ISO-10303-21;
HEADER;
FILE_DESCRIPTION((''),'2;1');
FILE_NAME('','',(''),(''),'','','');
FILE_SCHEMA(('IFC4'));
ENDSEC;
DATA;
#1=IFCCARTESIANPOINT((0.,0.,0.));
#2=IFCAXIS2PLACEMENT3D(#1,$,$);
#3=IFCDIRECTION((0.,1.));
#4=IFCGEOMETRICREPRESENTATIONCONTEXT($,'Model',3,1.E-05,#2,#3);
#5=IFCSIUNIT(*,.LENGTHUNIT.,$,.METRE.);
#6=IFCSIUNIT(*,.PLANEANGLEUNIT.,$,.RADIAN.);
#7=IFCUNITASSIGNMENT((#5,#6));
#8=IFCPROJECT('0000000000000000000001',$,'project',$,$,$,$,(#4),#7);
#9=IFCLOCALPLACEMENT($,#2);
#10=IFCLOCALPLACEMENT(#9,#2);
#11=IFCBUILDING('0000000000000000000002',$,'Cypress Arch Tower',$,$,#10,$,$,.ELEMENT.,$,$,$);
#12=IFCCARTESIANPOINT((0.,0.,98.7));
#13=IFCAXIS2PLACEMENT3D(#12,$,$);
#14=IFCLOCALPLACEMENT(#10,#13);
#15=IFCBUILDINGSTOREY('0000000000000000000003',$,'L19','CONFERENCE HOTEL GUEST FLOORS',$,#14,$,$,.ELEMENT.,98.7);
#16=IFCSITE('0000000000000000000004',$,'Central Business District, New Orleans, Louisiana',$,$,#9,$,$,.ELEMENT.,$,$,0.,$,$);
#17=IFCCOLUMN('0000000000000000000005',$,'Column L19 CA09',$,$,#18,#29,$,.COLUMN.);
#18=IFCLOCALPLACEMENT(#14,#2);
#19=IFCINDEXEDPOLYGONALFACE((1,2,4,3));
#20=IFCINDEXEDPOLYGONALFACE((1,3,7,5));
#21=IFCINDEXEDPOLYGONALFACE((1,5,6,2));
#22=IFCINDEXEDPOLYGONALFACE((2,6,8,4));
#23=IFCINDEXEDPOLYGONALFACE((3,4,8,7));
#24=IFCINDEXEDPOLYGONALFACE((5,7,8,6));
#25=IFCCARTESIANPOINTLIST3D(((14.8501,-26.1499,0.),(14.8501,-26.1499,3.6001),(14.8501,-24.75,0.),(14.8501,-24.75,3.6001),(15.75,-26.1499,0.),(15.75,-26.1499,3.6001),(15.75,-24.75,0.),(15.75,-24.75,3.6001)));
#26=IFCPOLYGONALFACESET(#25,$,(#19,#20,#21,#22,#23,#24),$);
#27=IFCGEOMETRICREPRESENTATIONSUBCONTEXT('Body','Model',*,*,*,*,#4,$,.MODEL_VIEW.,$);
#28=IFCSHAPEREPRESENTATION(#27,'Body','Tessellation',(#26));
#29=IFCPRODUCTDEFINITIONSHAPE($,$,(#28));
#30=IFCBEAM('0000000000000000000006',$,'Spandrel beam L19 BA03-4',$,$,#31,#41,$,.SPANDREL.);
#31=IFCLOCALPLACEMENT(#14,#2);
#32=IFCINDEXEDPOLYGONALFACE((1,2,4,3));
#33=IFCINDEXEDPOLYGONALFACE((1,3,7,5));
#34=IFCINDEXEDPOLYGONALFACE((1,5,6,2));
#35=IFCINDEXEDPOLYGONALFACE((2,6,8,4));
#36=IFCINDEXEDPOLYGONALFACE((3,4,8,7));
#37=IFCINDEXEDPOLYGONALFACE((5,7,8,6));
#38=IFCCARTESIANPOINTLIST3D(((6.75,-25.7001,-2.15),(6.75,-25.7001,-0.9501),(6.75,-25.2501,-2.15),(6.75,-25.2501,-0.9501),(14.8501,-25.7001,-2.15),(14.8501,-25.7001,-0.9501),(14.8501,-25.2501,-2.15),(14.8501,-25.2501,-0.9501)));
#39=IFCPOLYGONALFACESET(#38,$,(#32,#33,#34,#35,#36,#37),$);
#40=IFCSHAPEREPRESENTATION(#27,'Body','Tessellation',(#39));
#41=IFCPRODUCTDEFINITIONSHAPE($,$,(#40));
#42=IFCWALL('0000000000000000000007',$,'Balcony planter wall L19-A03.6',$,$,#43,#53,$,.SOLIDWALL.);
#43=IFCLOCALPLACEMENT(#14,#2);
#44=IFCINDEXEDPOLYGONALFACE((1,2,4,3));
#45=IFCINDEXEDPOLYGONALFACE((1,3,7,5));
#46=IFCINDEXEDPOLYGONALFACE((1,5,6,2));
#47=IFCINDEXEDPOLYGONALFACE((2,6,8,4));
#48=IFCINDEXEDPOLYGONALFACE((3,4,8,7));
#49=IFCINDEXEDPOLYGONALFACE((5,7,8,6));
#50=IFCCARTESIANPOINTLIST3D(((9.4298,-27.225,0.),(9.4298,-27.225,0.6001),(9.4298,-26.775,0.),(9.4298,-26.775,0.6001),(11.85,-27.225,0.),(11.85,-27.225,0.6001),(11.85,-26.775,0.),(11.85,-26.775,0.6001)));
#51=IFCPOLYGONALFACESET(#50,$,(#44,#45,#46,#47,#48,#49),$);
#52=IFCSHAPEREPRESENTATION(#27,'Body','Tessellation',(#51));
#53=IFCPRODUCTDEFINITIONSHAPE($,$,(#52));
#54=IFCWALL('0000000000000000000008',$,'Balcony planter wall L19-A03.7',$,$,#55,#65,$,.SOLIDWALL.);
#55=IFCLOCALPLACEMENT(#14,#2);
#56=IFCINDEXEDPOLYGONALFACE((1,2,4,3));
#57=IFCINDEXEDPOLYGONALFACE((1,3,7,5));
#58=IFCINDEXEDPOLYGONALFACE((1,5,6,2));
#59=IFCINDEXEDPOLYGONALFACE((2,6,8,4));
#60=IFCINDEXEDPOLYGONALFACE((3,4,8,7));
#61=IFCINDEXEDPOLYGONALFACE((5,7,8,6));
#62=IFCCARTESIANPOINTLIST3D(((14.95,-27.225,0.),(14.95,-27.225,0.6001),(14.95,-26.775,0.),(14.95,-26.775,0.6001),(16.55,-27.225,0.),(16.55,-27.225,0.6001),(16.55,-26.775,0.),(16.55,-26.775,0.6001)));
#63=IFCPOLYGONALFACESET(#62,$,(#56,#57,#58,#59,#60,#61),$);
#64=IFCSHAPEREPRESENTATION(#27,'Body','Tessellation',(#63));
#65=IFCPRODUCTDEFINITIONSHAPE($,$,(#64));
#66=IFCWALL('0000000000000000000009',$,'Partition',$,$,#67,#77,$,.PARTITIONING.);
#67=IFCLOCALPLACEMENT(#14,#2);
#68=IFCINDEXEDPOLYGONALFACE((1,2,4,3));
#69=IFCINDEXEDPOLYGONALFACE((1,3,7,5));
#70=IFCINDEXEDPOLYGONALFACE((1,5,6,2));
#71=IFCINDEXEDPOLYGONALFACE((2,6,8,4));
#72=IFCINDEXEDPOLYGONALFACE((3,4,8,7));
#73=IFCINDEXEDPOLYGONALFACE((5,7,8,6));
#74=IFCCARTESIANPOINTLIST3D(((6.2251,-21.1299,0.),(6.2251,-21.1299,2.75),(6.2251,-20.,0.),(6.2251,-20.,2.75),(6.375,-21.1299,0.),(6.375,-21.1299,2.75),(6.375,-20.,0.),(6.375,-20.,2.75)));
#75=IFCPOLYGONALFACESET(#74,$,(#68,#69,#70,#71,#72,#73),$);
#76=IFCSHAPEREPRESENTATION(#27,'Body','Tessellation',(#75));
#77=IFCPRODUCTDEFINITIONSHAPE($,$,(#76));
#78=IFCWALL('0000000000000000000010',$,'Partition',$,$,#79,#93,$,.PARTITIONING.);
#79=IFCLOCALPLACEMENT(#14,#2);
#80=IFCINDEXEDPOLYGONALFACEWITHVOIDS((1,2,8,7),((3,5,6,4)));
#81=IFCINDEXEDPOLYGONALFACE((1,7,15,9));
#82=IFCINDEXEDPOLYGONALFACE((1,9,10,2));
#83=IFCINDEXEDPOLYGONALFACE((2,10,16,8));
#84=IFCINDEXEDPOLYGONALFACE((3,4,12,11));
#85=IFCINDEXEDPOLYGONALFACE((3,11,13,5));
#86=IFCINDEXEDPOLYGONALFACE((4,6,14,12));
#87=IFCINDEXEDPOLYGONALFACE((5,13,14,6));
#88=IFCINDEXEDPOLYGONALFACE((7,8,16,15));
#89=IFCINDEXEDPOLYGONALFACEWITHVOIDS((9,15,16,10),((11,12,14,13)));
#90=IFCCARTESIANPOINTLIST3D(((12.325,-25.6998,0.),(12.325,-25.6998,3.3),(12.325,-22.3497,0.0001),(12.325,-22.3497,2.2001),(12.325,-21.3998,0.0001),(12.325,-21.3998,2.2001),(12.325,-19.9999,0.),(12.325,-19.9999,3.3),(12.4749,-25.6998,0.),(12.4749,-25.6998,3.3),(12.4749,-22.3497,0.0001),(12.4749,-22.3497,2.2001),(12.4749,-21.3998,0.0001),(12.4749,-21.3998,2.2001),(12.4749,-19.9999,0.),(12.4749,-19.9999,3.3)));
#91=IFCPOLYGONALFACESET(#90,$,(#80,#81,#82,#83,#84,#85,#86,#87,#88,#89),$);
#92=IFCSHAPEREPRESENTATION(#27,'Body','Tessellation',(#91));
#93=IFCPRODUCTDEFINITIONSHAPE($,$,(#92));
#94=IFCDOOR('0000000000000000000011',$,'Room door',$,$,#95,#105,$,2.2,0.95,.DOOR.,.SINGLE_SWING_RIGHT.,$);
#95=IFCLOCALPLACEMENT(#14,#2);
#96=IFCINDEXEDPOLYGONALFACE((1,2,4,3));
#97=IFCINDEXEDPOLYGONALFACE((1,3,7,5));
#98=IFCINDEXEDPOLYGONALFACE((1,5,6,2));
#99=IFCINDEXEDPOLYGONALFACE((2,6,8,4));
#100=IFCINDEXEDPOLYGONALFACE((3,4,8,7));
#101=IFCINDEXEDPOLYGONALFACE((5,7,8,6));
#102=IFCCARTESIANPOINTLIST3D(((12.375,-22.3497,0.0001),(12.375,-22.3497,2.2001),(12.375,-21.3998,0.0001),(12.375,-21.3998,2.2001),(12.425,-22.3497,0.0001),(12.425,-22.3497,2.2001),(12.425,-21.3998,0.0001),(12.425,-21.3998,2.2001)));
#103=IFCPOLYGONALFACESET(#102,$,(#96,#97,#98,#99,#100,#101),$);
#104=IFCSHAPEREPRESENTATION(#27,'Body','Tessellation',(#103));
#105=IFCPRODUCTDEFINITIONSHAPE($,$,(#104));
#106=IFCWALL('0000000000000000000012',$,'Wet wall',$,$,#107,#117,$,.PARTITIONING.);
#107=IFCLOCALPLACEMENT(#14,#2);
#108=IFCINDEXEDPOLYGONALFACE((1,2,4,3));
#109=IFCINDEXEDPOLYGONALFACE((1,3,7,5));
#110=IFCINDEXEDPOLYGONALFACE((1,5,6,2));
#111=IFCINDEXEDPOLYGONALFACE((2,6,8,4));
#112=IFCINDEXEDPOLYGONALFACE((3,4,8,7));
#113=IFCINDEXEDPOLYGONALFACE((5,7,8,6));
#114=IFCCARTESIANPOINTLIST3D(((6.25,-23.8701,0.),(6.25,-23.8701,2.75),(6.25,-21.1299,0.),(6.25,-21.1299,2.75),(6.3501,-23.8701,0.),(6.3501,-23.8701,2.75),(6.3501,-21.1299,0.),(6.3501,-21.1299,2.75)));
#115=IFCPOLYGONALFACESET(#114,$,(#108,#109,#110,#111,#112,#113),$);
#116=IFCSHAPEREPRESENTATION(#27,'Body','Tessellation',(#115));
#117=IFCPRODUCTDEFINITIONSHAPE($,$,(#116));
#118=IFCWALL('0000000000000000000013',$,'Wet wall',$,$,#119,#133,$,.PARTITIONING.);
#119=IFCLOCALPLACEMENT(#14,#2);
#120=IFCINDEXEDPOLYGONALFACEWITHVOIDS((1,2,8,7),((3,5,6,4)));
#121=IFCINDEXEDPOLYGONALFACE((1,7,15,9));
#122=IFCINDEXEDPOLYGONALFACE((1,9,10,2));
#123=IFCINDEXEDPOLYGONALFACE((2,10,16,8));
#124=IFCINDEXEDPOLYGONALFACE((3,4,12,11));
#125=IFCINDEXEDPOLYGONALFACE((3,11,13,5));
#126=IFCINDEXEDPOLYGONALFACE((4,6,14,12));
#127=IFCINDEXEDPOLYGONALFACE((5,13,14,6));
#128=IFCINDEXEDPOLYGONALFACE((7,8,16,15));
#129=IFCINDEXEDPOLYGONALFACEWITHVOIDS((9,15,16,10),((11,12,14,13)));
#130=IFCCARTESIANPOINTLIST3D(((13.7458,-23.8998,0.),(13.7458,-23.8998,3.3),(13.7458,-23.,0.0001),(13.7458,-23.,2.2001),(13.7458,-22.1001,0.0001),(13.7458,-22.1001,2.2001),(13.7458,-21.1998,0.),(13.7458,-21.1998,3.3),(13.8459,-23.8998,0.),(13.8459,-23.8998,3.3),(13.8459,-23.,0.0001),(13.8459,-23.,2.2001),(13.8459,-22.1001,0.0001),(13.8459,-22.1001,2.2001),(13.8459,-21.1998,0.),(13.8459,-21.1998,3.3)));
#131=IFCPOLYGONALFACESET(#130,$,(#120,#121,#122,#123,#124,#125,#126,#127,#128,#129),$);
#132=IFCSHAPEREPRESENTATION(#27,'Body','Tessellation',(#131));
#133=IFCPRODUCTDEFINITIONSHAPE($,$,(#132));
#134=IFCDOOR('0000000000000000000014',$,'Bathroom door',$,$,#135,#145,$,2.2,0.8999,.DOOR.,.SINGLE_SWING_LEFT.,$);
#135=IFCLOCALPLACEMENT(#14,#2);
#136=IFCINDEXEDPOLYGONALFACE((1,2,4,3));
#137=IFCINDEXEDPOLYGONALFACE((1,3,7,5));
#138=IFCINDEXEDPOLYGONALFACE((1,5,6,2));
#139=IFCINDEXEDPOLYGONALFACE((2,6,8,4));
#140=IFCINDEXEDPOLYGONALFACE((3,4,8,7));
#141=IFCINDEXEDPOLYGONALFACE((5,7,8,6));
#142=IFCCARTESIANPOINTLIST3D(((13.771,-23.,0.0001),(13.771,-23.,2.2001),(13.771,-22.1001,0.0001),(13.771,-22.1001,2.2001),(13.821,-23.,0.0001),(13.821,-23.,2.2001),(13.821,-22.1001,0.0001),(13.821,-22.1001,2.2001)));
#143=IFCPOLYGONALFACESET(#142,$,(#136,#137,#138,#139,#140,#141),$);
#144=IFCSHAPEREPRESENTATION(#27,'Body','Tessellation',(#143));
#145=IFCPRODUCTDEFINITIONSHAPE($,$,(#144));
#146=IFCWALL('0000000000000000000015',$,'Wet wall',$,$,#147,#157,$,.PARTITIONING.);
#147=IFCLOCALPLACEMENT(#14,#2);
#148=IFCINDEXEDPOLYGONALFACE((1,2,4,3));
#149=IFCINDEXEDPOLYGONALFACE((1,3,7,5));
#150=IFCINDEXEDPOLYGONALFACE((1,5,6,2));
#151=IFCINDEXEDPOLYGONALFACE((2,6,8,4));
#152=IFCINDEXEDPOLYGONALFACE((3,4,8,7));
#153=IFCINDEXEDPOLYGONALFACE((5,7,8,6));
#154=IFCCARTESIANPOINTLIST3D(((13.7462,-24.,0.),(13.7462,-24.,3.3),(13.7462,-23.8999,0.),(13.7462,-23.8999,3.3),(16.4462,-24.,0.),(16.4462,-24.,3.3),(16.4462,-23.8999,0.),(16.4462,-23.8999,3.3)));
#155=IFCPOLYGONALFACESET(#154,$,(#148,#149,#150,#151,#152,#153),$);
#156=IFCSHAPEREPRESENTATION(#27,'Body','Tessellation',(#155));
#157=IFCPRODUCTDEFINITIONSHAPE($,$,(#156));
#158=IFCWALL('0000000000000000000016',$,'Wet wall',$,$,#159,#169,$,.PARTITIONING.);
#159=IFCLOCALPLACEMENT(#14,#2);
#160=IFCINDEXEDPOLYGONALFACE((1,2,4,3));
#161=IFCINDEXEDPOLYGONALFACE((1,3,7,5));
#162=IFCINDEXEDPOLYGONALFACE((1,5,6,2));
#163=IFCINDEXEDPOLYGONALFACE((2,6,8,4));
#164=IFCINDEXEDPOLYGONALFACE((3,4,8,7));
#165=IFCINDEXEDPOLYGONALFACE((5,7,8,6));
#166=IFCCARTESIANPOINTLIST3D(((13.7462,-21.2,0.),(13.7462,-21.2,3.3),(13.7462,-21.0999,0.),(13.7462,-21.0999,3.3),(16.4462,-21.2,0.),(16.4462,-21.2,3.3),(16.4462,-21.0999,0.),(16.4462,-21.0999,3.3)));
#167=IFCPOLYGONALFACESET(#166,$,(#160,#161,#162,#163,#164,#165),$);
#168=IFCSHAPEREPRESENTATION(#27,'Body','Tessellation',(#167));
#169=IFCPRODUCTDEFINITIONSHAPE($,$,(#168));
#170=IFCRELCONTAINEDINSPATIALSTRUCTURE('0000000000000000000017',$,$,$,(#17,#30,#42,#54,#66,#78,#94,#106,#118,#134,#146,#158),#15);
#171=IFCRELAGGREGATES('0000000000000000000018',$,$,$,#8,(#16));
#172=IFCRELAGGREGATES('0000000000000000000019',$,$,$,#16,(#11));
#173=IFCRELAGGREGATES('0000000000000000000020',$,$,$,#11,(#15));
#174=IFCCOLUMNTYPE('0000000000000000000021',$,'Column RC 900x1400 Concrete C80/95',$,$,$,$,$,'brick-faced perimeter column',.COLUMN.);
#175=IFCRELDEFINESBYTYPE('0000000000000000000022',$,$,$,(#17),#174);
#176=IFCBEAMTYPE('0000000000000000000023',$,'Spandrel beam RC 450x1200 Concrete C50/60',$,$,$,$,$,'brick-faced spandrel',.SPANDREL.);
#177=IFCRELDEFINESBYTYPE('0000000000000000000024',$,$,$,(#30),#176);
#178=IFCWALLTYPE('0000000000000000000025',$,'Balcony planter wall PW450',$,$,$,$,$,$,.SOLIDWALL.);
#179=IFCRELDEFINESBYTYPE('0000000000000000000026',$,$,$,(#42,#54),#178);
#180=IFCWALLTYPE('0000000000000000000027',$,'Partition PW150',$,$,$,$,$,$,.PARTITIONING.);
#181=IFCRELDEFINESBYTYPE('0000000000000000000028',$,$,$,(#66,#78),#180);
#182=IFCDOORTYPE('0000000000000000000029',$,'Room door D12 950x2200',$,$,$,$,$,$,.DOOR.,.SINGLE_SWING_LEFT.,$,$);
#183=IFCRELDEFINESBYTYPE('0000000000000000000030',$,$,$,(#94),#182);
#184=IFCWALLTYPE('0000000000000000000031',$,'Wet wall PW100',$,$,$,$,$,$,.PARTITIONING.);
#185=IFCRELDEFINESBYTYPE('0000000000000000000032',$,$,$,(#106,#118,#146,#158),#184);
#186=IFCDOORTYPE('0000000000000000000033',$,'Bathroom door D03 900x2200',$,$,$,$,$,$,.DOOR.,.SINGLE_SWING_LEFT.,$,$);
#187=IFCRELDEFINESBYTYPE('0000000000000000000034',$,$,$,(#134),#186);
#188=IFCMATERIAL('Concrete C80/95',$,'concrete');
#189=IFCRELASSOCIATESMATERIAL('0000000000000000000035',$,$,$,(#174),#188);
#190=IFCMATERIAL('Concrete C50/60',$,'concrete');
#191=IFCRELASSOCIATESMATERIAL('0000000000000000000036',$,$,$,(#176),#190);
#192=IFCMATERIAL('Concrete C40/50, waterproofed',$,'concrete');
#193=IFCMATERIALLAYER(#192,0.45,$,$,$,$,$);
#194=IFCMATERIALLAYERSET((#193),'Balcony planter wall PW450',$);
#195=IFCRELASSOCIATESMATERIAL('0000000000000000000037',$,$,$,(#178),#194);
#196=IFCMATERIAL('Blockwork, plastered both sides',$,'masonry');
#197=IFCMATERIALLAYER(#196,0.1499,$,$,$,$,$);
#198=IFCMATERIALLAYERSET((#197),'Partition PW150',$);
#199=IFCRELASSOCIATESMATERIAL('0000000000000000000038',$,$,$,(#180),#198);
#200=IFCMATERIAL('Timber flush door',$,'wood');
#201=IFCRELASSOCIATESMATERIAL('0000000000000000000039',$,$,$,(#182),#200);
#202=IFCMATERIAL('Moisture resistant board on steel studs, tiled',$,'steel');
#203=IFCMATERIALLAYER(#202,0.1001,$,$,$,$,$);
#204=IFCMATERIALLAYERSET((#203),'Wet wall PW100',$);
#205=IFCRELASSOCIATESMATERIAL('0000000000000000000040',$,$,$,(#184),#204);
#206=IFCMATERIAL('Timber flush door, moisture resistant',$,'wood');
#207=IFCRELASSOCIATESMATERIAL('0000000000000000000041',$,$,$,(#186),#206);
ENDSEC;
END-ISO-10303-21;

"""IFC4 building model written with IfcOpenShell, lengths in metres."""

from ifc_helpers import new_model, si_unit, direction, frame, frame_2d, origin, origin_2d, place, context, subcontext, project, spatial, rectangle, extrude, material, layer, layer_set, material_profile, profile_set, type_object, element, fill, save


model = new_model("IFC4")

# Units and contexts
model_context = context("Model", 3, precision=1e-05, world=origin(), true_north=direction((0.0, 1.0)))
body_context = subcontext(model_context, "Body", "Model", "MODEL_VIEW")
ifc_project = project(units=[si_unit("LENGTHUNIT", "METRE"), si_unit("PLANEANGLEUNIT", "RADIAN")], contexts=[model_context])

# Site, building, storey
site_placement = place(None, origin())
site = spatial("IfcSite", under=ifc_project, at=site_placement, Name="Central Business District, New Orleans, Louisiana", CompositionType="ELEMENT", RefElevation=0.0)
building_placement = place(site_placement, origin())
building = spatial("IfcBuilding", under=site, at=building_placement, Name="Cypress Arch Tower", CompositionType="ELEMENT")
storey_placement = place(building_placement, frame((0.0, 0.0, 98.7)))
storey = spatial("IfcBuildingStorey", under=building, at=storey_placement, Name="L19", Description="CONFERENCE HOTEL GUEST FLOORS", CompositionType="ELEMENT", Elevation=98.7)

# Column
ifc_material_1 = material(Name="Concrete C80/95", Category="concrete")
ifc_material_profile_1 = material_profile(ifc_material_1, rectangle(XDim=0.8999, YDim=1.3999, at=origin_2d()), Name="RC 900x1400")
ifc_profile_set_1 = profile_set([ifc_material_profile_1], Name="Concrete C80/95")
column_type = type_object("IfcColumnType", Name="Column RC 900x1400 Concrete C80/95", ElementType="brick-faced perimeter column", PredefinedType="COLUMN", material=ifc_profile_set_1)
column_placement = place(storey_placement, frame((15.3, -25.45, 0.0), z_axis=(0.0, 0.0, 1.0), x_axis=(1.0, 0.0, 0.0)))
element("IfcColumn", 1, at=column_placement, inside=storey, type_object=column_type, Name="Column L19 CA09", PredefinedType="COLUMN", context=body_context, shape_type="SweptSolid", body=[
    extrude(rectangle(XDim=0.8999, YDim=1.3999, at=origin_2d()), origin(), (0.0, 0.0, 1.0), 3.6001),
])

# Beam
ifc_material_2 = material(Name="Concrete C50/60", Category="concrete")
ifc_material_profile_2 = material_profile(ifc_material_2, rectangle(XDim=0.45, YDim=1.2, at=origin_2d()), Name="RC 450x1200")
ifc_profile_set_2 = profile_set([ifc_material_profile_2], Name="Concrete C50/60")
beam_type = type_object("IfcBeamType", Name="Spandrel beam RC 450x1200 Concrete C50/60", ElementType="brick-faced spandrel", PredefinedType="SPANDREL", material=ifc_profile_set_2)
beam_placement = place(storey_placement, frame((6.75, -25.4751, -1.55), z_axis=(1.0, 0.0, 0.0), x_axis=(0.0, 1.0, 0.0)))
element("IfcBeam", 2, at=beam_placement, inside=storey, type_object=beam_type, Name="Spandrel beam L19 BA03-4", PredefinedType="SPANDREL", context=body_context, shape_type="SweptSolid", body=[
    extrude(rectangle(XDim=0.45, YDim=1.2, at=origin_2d()), origin(), (0.0, 0.0, 1.0), 8.1001),
])

# Walls
ifc_material_3 = material(Name="Concrete C40/50, waterproofed", Category="concrete")
ifc_layer_1 = layer(ifc_material_3, 0.45)
ifc_layer_set_1 = layer_set([ifc_layer_1], Name="Balcony planter wall PW450")
wall_type_1 = type_object("IfcWallType", Name="Balcony planter wall PW450", PredefinedType="SOLIDWALL", material=ifc_layer_set_1)
wall_1_placement = place(storey_placement, frame((9.4299, -27.0, 0.0), z_axis=(0.0, 0.0, 1.0), x_axis=(1.0, 0.0, 0.0)))
element("IfcWall", 3, at=wall_1_placement, inside=storey, type_object=wall_type_1, Name="Balcony planter wall L19-A03.6", PredefinedType="SOLIDWALL", context=body_context, shape_type="SweptSolid", body=[
    extrude(rectangle(XDim=2.4202, YDim=0.45, at=frame_2d((1.21, 0.0))), origin(), (0.0, 0.0, 1.0), 0.6001),
])
wall_2_placement = place(storey_placement, frame((14.95, -27.0, 0.0), z_axis=(0.0, 0.0, 1.0), x_axis=(1.0, 0.0, 0.0)))
element("IfcWall", 4, at=wall_2_placement, inside=storey, type_object=wall_type_1, Name="Balcony planter wall L19-A03.7", PredefinedType="SOLIDWALL", context=body_context, shape_type="SweptSolid", body=[
    extrude(rectangle(XDim=1.6001, YDim=0.45, at=frame_2d((0.8, 0.0))), origin(), (0.0, 0.0, 1.0), 0.6001),
])

# Wall
ifc_material_4 = material(Name="Blockwork, plastered both sides", Category="masonry")
ifc_layer_2 = layer(ifc_material_4, 0.1499)
ifc_layer_set_2 = layer_set([ifc_layer_2], Name="Partition PW150")
wall_type_2 = type_object("IfcWallType", Name="Partition PW150", PredefinedType="PARTITIONING", material=ifc_layer_set_2)
wall_3_placement = place(storey_placement, frame((6.3, -21.1299, 0.0), z_axis=(0.0, 0.0, 1.0), x_axis=(0.0, 1.0, 0.0)))
element("IfcWall", 5, at=wall_3_placement, inside=storey, type_object=wall_type_2, Name="Partition", PredefinedType="PARTITIONING", context=body_context, shape_type="SweptSolid", body=[
    extrude(rectangle(XDim=1.1299, YDim=0.1499, at=frame_2d((0.5649, 0.0))), origin(), (0.0, 0.0, 1.0), 2.75),
])

# Wall, opening, door
wall_4_placement = place(storey_placement, frame((12.3999, -25.7, 0.0), z_axis=(0.0, 0.0, 1.0), x_axis=(0.0, 1.0, 0.0)))
wall_4 = element("IfcWall", 6, at=wall_4_placement, inside=storey, type_object=wall_type_2, Name="Partition", PredefinedType="PARTITIONING", context=body_context, shape_type="SweptSolid", body=[
    extrude(rectangle(XDim=5.7, YDim=0.1499, at=frame_2d((2.8501, 0.0))), origin(), (0.0, 0.0, 1.0), 3.3),
])
opening_1_placement = place(wall_4_placement, frame((3.3501, 0.0, 0.0)))
opening_1 = element("IfcOpeningElement", 7, at=opening_1_placement, cuts=wall_4, PredefinedType="OPENING", context=body_context, shape_type="SweptSolid", body=[
    extrude(rectangle(XDim=0.95, YDim=2.2, at=frame_2d((0.4751, 1.1001))), frame((0.0, 0.085, 0.0), z_axis=(0.0, -1.0, 0.0), x_axis=(1.0, 0.0, 0.0)), (0.0, 0.0, 1.0), 0.1699),
])
ifc_material_5 = material(Name="Timber flush door", Category="wood")
door_type_1 = type_object("IfcDoorType", Name="Room door D12 950x2200", OperationType="SINGLE_SWING_LEFT", PredefinedType="DOOR", material=ifc_material_5)
door_1_placement = place(opening_1_placement, origin())
door_1 = element("IfcDoor", 8, at=door_1_placement, inside=storey, type_object=door_type_1, Name="Room door", OperationType="SINGLE_SWING_RIGHT", OverallHeight=2.2, OverallWidth=0.95, PredefinedType="DOOR", context=body_context, shape_type="SweptSolid", body=[
    extrude(rectangle(XDim=0.95, YDim=2.2, at=frame_2d((0.4751, 1.1001))), frame((0.0, 0.0249, 0.0), z_axis=(0.0, -1.0, 0.0), x_axis=(1.0, 0.0, 0.0)), (0.0, 0.0, 1.0), 0.05),
])
fill(opening_1, door_1)

# Wall
ifc_material_6 = material(Name="Moisture resistant board on steel studs, tiled", Category="steel")
ifc_layer_3 = layer(ifc_material_6, 0.1001)
ifc_layer_set_3 = layer_set([ifc_layer_3], Name="Wet wall PW100")
wall_type_3 = type_object("IfcWallType", Name="Wet wall PW100", PredefinedType="PARTITIONING", material=ifc_layer_set_3)
wall_5_placement = place(storey_placement, frame((6.3, -23.8701, 0.0), z_axis=(0.0, 0.0, 1.0), x_axis=(0.0, 1.0, 0.0)))
element("IfcWall", 9, at=wall_5_placement, inside=storey, type_object=wall_type_3, Name="Wet wall", PredefinedType="PARTITIONING", context=body_context, shape_type="SweptSolid", body=[
    extrude(rectangle(XDim=2.7402, YDim=0.1001, at=frame_2d((1.3701, 0.0))), origin(), (0.0, 0.0, 1.0), 2.75),
])

# Wall, opening, door
wall_6_placement = place(storey_placement, frame((13.7959, -23.8999, 0.0), z_axis=(0.0, 0.0, 1.0), x_axis=(0.0, 1.0, 0.0)))
wall_6 = element("IfcWall", 10, at=wall_6_placement, inside=storey, type_object=wall_type_3, Name="Wet wall", PredefinedType="PARTITIONING", context=body_context, shape_type="SweptSolid", body=[
    extrude(rectangle(XDim=2.7, YDim=0.1001, at=frame_2d((1.3501, 0.0))), origin(), (0.0, 0.0, 1.0), 3.3),
])
opening_2_placement = place(wall_6_placement, frame((0.8999, 0.0, 0.0)))
opening_2 = element("IfcOpeningElement", 11, at=opening_2_placement, cuts=wall_6, PredefinedType="OPENING", context=body_context, shape_type="SweptSolid", body=[
    extrude(rectangle(XDim=0.8999, YDim=2.2, at=frame_2d((0.45, 1.1001))), frame((0.0, 0.0601, 0.0), z_axis=(0.0, -1.0, 0.0), x_axis=(1.0, 0.0, 0.0)), (0.0, 0.0, 1.0), 0.1201),
])
ifc_material_7 = material(Name="Timber flush door, moisture resistant", Category="wood")
door_type_2 = type_object("IfcDoorType", Name="Bathroom door D03 900x2200", OperationType="SINGLE_SWING_LEFT", PredefinedType="DOOR", material=ifc_material_7)
door_2_placement = place(opening_2_placement, origin())
door_2 = element("IfcDoor", 12, at=door_2_placement, inside=storey, type_object=door_type_2, Name="Bathroom door", OperationType="SINGLE_SWING_LEFT", OverallHeight=2.2, OverallWidth=0.8999, PredefinedType="DOOR", context=body_context, shape_type="SweptSolid", body=[
    extrude(rectangle(XDim=0.8999, YDim=2.2, at=frame_2d((0.45, 1.1001))), frame((0.0, 0.0249, 0.0), z_axis=(0.0, -1.0, 0.0), x_axis=(1.0, 0.0, 0.0)), (0.0, 0.0, 1.0), 0.05),
])
fill(opening_2, door_2)

# Walls
for number, where, z_axis, x_axis, name in (
    (13, (13.7461, -23.95, 0.0), (0.0, 0.0, 1.0), (1.0, 0.0, 0.0), "Wet wall"),
    (14, (13.7461, -21.1499, 0.0), (0.0, 0.0, 1.0), (1.0, 0.0, 0.0), "Wet wall"),
):
    element("IfcWall", number, at=place(storey_placement, frame(where, z_axis=z_axis, x_axis=x_axis)), inside=storey, type_object=wall_type_3, Name=name, PredefinedType="PARTITIONING", context=body_context, shape_type="SweptSolid", body=[
        extrude(rectangle(XDim=2.7, YDim=0.1001, at=frame_2d((1.3501, 0.0))), origin(), (0.0, 0.0, 1.0), 3.3),
    ])

save(model, "model.ifc")
